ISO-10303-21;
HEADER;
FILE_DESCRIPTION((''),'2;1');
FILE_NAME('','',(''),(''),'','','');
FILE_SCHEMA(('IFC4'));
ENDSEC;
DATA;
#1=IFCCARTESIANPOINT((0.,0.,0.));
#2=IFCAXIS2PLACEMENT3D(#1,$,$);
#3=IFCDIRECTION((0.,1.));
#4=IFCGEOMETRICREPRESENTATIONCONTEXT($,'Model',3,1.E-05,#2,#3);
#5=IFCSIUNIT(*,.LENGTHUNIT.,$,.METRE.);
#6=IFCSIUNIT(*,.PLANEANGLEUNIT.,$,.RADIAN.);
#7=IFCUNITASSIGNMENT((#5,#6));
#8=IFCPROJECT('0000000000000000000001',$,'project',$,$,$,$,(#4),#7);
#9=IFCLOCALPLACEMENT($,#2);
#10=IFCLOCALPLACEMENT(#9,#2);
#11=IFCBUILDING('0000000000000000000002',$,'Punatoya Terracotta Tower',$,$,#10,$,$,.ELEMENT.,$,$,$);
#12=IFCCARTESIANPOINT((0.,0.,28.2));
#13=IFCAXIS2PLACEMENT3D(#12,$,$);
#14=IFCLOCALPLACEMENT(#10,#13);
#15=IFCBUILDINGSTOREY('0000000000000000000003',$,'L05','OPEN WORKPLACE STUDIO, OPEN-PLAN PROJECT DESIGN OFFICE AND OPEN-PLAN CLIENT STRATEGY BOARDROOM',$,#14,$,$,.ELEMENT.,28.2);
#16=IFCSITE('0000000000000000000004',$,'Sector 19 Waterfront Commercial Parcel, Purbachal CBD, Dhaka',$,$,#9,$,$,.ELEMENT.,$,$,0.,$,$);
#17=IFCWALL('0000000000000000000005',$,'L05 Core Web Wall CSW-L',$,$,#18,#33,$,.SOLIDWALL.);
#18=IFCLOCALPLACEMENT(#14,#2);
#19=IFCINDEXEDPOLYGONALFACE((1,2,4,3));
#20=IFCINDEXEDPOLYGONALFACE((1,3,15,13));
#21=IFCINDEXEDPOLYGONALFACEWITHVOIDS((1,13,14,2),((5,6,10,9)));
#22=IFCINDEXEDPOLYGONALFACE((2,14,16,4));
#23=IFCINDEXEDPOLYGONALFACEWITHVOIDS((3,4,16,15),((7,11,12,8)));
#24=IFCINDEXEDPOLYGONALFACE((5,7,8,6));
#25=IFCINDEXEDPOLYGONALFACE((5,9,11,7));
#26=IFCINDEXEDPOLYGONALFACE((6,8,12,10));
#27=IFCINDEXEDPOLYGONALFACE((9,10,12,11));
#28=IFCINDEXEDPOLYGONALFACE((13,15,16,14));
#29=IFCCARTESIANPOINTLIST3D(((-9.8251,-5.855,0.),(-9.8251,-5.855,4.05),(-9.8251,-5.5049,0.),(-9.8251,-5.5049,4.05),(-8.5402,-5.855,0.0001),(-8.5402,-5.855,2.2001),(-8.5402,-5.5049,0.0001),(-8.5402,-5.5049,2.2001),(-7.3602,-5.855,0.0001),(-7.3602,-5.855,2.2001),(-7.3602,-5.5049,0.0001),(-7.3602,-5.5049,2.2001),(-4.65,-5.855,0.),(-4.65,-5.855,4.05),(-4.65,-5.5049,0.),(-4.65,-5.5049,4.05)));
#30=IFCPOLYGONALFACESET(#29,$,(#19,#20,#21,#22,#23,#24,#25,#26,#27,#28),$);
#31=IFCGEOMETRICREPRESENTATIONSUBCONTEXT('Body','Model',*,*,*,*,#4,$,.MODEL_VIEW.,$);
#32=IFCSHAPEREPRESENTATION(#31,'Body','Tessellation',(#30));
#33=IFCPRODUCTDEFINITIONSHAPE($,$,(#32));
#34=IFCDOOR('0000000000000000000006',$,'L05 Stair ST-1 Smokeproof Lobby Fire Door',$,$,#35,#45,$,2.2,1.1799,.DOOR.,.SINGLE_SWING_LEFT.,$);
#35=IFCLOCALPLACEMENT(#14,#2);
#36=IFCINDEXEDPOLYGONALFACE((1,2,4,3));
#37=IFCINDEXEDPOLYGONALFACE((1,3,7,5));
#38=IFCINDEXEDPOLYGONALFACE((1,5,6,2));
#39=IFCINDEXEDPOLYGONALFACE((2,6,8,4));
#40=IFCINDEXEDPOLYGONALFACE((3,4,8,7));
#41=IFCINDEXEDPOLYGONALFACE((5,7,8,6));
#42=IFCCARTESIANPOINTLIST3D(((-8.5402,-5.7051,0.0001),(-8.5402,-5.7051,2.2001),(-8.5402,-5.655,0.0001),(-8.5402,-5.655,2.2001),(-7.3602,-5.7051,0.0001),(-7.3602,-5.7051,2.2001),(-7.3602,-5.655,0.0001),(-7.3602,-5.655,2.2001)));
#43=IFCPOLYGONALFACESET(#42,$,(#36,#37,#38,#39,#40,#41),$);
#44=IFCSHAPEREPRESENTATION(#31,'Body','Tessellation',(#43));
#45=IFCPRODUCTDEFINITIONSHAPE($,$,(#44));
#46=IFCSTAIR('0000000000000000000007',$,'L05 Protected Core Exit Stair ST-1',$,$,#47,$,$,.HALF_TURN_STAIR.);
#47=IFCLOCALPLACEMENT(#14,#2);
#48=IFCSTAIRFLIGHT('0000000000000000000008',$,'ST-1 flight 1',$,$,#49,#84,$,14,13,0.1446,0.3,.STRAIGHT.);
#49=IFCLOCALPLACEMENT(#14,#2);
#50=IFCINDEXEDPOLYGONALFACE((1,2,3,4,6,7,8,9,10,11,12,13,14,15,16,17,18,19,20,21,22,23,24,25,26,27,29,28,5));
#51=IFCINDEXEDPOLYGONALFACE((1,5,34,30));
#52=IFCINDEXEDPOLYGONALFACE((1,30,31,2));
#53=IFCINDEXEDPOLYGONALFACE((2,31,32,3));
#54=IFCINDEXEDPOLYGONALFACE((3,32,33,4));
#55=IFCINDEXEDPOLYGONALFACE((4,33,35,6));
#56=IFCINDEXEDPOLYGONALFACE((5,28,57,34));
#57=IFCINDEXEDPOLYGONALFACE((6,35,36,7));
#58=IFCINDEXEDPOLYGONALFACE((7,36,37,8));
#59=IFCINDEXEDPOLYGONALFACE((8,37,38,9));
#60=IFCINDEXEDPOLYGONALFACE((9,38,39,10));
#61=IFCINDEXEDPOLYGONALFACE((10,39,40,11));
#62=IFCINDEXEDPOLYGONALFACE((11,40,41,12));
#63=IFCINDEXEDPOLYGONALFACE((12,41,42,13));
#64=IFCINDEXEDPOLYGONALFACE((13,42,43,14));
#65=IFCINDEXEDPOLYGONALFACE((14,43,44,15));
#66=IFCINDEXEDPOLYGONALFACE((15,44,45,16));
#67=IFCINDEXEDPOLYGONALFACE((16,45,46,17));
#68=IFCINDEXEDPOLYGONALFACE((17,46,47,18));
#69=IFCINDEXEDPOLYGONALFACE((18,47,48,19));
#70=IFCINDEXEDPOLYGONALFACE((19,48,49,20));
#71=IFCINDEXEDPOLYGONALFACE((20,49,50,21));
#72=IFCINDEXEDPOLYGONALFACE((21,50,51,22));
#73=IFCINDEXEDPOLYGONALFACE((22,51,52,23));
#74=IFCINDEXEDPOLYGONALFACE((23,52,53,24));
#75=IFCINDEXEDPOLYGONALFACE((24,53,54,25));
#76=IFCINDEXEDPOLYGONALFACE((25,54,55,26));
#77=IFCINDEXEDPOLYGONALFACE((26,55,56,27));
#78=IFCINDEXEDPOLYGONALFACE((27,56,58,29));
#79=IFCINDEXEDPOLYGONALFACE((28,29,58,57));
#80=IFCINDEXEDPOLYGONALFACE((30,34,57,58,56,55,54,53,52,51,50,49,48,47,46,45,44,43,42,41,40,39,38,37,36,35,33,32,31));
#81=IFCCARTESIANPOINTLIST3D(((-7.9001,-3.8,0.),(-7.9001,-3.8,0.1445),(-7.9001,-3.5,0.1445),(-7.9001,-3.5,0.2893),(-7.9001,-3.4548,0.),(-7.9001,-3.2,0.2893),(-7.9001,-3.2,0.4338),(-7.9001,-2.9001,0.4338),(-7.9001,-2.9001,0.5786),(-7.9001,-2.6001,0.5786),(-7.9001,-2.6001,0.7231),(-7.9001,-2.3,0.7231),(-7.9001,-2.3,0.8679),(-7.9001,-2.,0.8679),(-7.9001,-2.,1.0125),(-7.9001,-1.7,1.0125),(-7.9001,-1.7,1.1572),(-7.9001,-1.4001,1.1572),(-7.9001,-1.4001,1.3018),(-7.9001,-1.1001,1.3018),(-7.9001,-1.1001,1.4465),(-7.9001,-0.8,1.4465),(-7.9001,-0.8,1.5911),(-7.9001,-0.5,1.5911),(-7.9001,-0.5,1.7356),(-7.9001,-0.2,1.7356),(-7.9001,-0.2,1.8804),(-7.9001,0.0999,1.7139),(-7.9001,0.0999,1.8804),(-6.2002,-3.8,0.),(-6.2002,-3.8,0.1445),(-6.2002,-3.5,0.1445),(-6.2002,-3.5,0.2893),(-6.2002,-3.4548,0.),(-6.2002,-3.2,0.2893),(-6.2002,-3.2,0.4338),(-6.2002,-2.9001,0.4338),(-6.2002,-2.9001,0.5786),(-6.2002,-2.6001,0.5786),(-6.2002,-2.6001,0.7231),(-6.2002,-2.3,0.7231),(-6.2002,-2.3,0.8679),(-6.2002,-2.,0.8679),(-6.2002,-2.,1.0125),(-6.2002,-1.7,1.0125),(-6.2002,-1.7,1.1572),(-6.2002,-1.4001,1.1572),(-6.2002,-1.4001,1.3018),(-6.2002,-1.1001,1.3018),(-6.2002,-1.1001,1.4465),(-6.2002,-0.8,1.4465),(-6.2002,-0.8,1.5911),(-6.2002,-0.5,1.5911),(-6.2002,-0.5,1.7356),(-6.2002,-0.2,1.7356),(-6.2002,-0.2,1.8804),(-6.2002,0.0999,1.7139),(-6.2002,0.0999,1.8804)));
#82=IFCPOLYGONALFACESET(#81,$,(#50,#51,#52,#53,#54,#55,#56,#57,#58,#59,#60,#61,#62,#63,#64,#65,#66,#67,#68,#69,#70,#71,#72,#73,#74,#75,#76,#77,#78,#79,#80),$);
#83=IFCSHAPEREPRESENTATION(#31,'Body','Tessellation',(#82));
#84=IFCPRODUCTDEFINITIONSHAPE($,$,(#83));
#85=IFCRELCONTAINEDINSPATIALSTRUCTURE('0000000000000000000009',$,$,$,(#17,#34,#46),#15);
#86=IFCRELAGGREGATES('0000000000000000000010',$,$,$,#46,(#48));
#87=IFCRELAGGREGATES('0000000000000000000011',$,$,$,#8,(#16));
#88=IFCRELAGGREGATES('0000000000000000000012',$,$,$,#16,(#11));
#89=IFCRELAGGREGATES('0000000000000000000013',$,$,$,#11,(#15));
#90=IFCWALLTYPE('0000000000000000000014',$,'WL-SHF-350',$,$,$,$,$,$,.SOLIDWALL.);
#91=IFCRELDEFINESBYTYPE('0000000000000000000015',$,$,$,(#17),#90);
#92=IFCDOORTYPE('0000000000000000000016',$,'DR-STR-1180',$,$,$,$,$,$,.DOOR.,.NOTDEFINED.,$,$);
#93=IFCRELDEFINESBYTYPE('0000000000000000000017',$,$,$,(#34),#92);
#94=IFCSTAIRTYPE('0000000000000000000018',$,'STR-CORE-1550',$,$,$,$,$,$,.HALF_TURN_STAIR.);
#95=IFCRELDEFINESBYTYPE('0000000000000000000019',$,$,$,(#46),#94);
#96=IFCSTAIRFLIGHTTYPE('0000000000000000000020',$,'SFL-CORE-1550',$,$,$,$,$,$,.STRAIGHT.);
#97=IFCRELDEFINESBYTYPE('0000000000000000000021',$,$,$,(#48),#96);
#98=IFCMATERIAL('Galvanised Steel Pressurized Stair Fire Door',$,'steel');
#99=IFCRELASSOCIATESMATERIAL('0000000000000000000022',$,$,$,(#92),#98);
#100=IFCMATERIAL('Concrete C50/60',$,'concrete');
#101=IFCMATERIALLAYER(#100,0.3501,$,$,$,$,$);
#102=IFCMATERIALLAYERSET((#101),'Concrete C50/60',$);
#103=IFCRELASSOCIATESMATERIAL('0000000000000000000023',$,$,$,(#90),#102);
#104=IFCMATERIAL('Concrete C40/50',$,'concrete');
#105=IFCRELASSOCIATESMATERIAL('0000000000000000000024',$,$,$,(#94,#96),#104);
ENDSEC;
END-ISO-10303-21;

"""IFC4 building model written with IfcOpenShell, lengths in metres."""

from ifc_helpers import new_model, si_unit, direction, frame, frame_2d, origin, place, context, subcontext, project, spatial, polyline, rectangle, outline, extrude, material, layer, layer_set, type_object, element, fill, aggregate, save


model = new_model("IFC4")

# Units and contexts
model_context = context("Model", 3, precision=1e-05, world=origin(), true_north=direction((0.0, 1.0)))
body_context = subcontext(model_context, "Body", "Model", "MODEL_VIEW")
ifc_project = project(units=[si_unit("LENGTHUNIT", "METRE"), si_unit("PLANEANGLEUNIT", "RADIAN")], contexts=[model_context])

# Site, building, storey
site_placement = place(None, origin())
site = spatial("IfcSite", under=ifc_project, at=site_placement, Name="Sector 19 Waterfront Commercial Parcel, Purbachal CBD, Dhaka", CompositionType="ELEMENT", RefElevation=0.0)
building_placement = place(site_placement, origin())
building = spatial("IfcBuilding", under=site, at=building_placement, Name="Punatoya Terracotta Tower", CompositionType="ELEMENT")
storey_placement = place(building_placement, frame((0.0, 0.0, 28.2)))
storey = spatial("IfcBuildingStorey", under=building, at=storey_placement, Name="L05", Description="OPEN WORKPLACE STUDIO, OPEN-PLAN PROJECT DESIGN OFFICE AND OPEN-PLAN CLIENT STRATEGY BOARDROOM", CompositionType="ELEMENT", Elevation=28.2)

# Shared definitions
ifc_material_1 = material(Name="Galvanised Steel Pressurized Stair Fire Door", Category="steel")
door_type_1 = type_object("IfcDoorType", Name="DR-STR-1180", OperationType="NOTDEFINED", PredefinedType="DOOR", material=ifc_material_1)

# Shared definitions
ifc_material_2 = material(Name="Concrete C40/50", Category="concrete")

# Wall, opening, door
ifc_material_3 = material(Name="Concrete C50/60", Category="concrete")
ifc_layer_1 = layer(ifc_material_3, 0.3501)
ifc_layer_set_1 = layer_set([ifc_layer_1], Name="Concrete C50/60")
wall_type_1 = type_object("IfcWallType", Name="WL-SHF-350", PredefinedType="SOLIDWALL", material=ifc_layer_set_1)
wall_1_placement = place(storey_placement, frame((-9.825, -5.6799, 0.0), z_axis=(0.0, 0.0, 1.0), x_axis=(1.0, 0.0, 0.0)))
wall_1 = element("IfcWall", 1, at=wall_1_placement, inside=storey, type_object=wall_type_1, Name="L05 Core Web Wall CSW-L", PredefinedType="SOLIDWALL", context=body_context, shape_type="SweptSolid", body=[
    extrude(rectangle(XDim=5.175, YDim=0.3501, at=frame_2d((2.5874, 0.0))), origin(), (0.0, 0.0, 1.0), 4.05),
])
opening_1_placement = place(wall_1_placement, frame((1.2849, 0.0, 0.0)))
opening_1 = element("IfcOpeningElement", 2, at=opening_1_placement, cuts=wall_1, PredefinedType="OPENING", context=body_context, shape_type="SweptSolid", body=[
    extrude(rectangle(XDim=1.1799, YDim=2.2, at=frame_2d((0.5898, 1.1001))), frame((0.0, 0.1851, 0.0), z_axis=(0.0, -1.0, 0.0), x_axis=(1.0, 0.0, 0.0)), (0.0, 0.0, 1.0), 0.3701),
])
door_1_placement = place(opening_1_placement, origin())
door_1 = element("IfcDoor", 3, at=door_1_placement, inside=storey, type_object=door_type_1, Name="L05 Stair ST-1 Smokeproof Lobby Fire Door", OperationType="SINGLE_SWING_LEFT", OverallHeight=2.2, OverallWidth=1.1799, PredefinedType="DOOR", context=body_context, shape_type="SweptSolid", body=[
    extrude(rectangle(XDim=1.1799, YDim=2.2, at=frame_2d((0.5898, 1.1001))), frame((0.0, 0.0249, 0.0), z_axis=(0.0, -1.0, 0.0), x_axis=(1.0, 0.0, 0.0)), (0.0, 0.0, 1.0), 0.05),
])
fill(opening_1, door_1)

# Stair, stair flight
stair_type = type_object("IfcStairType", Name="STR-CORE-1550", PredefinedType="HALF_TURN_STAIR", material=ifc_material_2)
stair_placement = place(storey_placement, origin())
stair = element("IfcStair", 4, at=stair_placement, inside=storey, type_object=stair_type, Name="L05 Protected Core Exit Stair ST-1", PredefinedType="HALF_TURN_STAIR")
stair_flight_type = type_object("IfcStairFlightType", Name="SFL-CORE-1550", PredefinedType="STRAIGHT", material=ifc_material_2)
stair_flight_placement = place(storey_placement, frame((-7.05, -3.8, 0.0), z_axis=(0.0, 0.0, 1.0), x_axis=(0.0, 1.0, 0.0)))
stair_flight = element("IfcStairFlight", 5, at=stair_flight_placement, type_object=stair_flight_type, Name="ST-1 flight 1", NumberOfRisers=14, NumberOfTreads=13, PredefinedType="STRAIGHT", RiserHeight=0.1446, TreadLength=0.3, context=body_context, shape_type="SweptSolid", body=[
    extrude(outline(polyline([(0.0, 0.0), (0.0, 0.1445), (0.3, 0.1445), (0.3, 0.2893), (0.6001, 0.2893), (0.6001, 0.4338), (0.8999, 0.4338), (0.8999, 0.5786), (1.2, 0.5786), (1.2, 0.7231), (1.5, 0.7231), (1.5, 0.8679), (1.8, 0.8679), (1.8, 1.0125), (2.1001, 1.0125), (2.1001, 1.1572), (2.3999, 1.1572), (2.3999, 1.3018), (2.7, 1.3018), (2.7, 1.4465), (3.0, 1.4465), (3.0, 1.5911), (3.3, 1.5911), (3.3, 1.7356), (3.6001, 1.7356), (3.6001, 1.8804), (3.8999, 1.8804), (3.8999, 2.0249), (3.8999, 1.7139), (0.3452, 0.0), (0.0, 0.0)])), frame((0.0, 0.8501, 0.0), z_axis=(0.0, -1.0, 0.0), x_axis=(1.0, 0.0, 0.0)), (0.0, 0.0, 1.0), 1.7),
])
aggregate(stair, [stair_flight])

save(model, "model.ifc")
